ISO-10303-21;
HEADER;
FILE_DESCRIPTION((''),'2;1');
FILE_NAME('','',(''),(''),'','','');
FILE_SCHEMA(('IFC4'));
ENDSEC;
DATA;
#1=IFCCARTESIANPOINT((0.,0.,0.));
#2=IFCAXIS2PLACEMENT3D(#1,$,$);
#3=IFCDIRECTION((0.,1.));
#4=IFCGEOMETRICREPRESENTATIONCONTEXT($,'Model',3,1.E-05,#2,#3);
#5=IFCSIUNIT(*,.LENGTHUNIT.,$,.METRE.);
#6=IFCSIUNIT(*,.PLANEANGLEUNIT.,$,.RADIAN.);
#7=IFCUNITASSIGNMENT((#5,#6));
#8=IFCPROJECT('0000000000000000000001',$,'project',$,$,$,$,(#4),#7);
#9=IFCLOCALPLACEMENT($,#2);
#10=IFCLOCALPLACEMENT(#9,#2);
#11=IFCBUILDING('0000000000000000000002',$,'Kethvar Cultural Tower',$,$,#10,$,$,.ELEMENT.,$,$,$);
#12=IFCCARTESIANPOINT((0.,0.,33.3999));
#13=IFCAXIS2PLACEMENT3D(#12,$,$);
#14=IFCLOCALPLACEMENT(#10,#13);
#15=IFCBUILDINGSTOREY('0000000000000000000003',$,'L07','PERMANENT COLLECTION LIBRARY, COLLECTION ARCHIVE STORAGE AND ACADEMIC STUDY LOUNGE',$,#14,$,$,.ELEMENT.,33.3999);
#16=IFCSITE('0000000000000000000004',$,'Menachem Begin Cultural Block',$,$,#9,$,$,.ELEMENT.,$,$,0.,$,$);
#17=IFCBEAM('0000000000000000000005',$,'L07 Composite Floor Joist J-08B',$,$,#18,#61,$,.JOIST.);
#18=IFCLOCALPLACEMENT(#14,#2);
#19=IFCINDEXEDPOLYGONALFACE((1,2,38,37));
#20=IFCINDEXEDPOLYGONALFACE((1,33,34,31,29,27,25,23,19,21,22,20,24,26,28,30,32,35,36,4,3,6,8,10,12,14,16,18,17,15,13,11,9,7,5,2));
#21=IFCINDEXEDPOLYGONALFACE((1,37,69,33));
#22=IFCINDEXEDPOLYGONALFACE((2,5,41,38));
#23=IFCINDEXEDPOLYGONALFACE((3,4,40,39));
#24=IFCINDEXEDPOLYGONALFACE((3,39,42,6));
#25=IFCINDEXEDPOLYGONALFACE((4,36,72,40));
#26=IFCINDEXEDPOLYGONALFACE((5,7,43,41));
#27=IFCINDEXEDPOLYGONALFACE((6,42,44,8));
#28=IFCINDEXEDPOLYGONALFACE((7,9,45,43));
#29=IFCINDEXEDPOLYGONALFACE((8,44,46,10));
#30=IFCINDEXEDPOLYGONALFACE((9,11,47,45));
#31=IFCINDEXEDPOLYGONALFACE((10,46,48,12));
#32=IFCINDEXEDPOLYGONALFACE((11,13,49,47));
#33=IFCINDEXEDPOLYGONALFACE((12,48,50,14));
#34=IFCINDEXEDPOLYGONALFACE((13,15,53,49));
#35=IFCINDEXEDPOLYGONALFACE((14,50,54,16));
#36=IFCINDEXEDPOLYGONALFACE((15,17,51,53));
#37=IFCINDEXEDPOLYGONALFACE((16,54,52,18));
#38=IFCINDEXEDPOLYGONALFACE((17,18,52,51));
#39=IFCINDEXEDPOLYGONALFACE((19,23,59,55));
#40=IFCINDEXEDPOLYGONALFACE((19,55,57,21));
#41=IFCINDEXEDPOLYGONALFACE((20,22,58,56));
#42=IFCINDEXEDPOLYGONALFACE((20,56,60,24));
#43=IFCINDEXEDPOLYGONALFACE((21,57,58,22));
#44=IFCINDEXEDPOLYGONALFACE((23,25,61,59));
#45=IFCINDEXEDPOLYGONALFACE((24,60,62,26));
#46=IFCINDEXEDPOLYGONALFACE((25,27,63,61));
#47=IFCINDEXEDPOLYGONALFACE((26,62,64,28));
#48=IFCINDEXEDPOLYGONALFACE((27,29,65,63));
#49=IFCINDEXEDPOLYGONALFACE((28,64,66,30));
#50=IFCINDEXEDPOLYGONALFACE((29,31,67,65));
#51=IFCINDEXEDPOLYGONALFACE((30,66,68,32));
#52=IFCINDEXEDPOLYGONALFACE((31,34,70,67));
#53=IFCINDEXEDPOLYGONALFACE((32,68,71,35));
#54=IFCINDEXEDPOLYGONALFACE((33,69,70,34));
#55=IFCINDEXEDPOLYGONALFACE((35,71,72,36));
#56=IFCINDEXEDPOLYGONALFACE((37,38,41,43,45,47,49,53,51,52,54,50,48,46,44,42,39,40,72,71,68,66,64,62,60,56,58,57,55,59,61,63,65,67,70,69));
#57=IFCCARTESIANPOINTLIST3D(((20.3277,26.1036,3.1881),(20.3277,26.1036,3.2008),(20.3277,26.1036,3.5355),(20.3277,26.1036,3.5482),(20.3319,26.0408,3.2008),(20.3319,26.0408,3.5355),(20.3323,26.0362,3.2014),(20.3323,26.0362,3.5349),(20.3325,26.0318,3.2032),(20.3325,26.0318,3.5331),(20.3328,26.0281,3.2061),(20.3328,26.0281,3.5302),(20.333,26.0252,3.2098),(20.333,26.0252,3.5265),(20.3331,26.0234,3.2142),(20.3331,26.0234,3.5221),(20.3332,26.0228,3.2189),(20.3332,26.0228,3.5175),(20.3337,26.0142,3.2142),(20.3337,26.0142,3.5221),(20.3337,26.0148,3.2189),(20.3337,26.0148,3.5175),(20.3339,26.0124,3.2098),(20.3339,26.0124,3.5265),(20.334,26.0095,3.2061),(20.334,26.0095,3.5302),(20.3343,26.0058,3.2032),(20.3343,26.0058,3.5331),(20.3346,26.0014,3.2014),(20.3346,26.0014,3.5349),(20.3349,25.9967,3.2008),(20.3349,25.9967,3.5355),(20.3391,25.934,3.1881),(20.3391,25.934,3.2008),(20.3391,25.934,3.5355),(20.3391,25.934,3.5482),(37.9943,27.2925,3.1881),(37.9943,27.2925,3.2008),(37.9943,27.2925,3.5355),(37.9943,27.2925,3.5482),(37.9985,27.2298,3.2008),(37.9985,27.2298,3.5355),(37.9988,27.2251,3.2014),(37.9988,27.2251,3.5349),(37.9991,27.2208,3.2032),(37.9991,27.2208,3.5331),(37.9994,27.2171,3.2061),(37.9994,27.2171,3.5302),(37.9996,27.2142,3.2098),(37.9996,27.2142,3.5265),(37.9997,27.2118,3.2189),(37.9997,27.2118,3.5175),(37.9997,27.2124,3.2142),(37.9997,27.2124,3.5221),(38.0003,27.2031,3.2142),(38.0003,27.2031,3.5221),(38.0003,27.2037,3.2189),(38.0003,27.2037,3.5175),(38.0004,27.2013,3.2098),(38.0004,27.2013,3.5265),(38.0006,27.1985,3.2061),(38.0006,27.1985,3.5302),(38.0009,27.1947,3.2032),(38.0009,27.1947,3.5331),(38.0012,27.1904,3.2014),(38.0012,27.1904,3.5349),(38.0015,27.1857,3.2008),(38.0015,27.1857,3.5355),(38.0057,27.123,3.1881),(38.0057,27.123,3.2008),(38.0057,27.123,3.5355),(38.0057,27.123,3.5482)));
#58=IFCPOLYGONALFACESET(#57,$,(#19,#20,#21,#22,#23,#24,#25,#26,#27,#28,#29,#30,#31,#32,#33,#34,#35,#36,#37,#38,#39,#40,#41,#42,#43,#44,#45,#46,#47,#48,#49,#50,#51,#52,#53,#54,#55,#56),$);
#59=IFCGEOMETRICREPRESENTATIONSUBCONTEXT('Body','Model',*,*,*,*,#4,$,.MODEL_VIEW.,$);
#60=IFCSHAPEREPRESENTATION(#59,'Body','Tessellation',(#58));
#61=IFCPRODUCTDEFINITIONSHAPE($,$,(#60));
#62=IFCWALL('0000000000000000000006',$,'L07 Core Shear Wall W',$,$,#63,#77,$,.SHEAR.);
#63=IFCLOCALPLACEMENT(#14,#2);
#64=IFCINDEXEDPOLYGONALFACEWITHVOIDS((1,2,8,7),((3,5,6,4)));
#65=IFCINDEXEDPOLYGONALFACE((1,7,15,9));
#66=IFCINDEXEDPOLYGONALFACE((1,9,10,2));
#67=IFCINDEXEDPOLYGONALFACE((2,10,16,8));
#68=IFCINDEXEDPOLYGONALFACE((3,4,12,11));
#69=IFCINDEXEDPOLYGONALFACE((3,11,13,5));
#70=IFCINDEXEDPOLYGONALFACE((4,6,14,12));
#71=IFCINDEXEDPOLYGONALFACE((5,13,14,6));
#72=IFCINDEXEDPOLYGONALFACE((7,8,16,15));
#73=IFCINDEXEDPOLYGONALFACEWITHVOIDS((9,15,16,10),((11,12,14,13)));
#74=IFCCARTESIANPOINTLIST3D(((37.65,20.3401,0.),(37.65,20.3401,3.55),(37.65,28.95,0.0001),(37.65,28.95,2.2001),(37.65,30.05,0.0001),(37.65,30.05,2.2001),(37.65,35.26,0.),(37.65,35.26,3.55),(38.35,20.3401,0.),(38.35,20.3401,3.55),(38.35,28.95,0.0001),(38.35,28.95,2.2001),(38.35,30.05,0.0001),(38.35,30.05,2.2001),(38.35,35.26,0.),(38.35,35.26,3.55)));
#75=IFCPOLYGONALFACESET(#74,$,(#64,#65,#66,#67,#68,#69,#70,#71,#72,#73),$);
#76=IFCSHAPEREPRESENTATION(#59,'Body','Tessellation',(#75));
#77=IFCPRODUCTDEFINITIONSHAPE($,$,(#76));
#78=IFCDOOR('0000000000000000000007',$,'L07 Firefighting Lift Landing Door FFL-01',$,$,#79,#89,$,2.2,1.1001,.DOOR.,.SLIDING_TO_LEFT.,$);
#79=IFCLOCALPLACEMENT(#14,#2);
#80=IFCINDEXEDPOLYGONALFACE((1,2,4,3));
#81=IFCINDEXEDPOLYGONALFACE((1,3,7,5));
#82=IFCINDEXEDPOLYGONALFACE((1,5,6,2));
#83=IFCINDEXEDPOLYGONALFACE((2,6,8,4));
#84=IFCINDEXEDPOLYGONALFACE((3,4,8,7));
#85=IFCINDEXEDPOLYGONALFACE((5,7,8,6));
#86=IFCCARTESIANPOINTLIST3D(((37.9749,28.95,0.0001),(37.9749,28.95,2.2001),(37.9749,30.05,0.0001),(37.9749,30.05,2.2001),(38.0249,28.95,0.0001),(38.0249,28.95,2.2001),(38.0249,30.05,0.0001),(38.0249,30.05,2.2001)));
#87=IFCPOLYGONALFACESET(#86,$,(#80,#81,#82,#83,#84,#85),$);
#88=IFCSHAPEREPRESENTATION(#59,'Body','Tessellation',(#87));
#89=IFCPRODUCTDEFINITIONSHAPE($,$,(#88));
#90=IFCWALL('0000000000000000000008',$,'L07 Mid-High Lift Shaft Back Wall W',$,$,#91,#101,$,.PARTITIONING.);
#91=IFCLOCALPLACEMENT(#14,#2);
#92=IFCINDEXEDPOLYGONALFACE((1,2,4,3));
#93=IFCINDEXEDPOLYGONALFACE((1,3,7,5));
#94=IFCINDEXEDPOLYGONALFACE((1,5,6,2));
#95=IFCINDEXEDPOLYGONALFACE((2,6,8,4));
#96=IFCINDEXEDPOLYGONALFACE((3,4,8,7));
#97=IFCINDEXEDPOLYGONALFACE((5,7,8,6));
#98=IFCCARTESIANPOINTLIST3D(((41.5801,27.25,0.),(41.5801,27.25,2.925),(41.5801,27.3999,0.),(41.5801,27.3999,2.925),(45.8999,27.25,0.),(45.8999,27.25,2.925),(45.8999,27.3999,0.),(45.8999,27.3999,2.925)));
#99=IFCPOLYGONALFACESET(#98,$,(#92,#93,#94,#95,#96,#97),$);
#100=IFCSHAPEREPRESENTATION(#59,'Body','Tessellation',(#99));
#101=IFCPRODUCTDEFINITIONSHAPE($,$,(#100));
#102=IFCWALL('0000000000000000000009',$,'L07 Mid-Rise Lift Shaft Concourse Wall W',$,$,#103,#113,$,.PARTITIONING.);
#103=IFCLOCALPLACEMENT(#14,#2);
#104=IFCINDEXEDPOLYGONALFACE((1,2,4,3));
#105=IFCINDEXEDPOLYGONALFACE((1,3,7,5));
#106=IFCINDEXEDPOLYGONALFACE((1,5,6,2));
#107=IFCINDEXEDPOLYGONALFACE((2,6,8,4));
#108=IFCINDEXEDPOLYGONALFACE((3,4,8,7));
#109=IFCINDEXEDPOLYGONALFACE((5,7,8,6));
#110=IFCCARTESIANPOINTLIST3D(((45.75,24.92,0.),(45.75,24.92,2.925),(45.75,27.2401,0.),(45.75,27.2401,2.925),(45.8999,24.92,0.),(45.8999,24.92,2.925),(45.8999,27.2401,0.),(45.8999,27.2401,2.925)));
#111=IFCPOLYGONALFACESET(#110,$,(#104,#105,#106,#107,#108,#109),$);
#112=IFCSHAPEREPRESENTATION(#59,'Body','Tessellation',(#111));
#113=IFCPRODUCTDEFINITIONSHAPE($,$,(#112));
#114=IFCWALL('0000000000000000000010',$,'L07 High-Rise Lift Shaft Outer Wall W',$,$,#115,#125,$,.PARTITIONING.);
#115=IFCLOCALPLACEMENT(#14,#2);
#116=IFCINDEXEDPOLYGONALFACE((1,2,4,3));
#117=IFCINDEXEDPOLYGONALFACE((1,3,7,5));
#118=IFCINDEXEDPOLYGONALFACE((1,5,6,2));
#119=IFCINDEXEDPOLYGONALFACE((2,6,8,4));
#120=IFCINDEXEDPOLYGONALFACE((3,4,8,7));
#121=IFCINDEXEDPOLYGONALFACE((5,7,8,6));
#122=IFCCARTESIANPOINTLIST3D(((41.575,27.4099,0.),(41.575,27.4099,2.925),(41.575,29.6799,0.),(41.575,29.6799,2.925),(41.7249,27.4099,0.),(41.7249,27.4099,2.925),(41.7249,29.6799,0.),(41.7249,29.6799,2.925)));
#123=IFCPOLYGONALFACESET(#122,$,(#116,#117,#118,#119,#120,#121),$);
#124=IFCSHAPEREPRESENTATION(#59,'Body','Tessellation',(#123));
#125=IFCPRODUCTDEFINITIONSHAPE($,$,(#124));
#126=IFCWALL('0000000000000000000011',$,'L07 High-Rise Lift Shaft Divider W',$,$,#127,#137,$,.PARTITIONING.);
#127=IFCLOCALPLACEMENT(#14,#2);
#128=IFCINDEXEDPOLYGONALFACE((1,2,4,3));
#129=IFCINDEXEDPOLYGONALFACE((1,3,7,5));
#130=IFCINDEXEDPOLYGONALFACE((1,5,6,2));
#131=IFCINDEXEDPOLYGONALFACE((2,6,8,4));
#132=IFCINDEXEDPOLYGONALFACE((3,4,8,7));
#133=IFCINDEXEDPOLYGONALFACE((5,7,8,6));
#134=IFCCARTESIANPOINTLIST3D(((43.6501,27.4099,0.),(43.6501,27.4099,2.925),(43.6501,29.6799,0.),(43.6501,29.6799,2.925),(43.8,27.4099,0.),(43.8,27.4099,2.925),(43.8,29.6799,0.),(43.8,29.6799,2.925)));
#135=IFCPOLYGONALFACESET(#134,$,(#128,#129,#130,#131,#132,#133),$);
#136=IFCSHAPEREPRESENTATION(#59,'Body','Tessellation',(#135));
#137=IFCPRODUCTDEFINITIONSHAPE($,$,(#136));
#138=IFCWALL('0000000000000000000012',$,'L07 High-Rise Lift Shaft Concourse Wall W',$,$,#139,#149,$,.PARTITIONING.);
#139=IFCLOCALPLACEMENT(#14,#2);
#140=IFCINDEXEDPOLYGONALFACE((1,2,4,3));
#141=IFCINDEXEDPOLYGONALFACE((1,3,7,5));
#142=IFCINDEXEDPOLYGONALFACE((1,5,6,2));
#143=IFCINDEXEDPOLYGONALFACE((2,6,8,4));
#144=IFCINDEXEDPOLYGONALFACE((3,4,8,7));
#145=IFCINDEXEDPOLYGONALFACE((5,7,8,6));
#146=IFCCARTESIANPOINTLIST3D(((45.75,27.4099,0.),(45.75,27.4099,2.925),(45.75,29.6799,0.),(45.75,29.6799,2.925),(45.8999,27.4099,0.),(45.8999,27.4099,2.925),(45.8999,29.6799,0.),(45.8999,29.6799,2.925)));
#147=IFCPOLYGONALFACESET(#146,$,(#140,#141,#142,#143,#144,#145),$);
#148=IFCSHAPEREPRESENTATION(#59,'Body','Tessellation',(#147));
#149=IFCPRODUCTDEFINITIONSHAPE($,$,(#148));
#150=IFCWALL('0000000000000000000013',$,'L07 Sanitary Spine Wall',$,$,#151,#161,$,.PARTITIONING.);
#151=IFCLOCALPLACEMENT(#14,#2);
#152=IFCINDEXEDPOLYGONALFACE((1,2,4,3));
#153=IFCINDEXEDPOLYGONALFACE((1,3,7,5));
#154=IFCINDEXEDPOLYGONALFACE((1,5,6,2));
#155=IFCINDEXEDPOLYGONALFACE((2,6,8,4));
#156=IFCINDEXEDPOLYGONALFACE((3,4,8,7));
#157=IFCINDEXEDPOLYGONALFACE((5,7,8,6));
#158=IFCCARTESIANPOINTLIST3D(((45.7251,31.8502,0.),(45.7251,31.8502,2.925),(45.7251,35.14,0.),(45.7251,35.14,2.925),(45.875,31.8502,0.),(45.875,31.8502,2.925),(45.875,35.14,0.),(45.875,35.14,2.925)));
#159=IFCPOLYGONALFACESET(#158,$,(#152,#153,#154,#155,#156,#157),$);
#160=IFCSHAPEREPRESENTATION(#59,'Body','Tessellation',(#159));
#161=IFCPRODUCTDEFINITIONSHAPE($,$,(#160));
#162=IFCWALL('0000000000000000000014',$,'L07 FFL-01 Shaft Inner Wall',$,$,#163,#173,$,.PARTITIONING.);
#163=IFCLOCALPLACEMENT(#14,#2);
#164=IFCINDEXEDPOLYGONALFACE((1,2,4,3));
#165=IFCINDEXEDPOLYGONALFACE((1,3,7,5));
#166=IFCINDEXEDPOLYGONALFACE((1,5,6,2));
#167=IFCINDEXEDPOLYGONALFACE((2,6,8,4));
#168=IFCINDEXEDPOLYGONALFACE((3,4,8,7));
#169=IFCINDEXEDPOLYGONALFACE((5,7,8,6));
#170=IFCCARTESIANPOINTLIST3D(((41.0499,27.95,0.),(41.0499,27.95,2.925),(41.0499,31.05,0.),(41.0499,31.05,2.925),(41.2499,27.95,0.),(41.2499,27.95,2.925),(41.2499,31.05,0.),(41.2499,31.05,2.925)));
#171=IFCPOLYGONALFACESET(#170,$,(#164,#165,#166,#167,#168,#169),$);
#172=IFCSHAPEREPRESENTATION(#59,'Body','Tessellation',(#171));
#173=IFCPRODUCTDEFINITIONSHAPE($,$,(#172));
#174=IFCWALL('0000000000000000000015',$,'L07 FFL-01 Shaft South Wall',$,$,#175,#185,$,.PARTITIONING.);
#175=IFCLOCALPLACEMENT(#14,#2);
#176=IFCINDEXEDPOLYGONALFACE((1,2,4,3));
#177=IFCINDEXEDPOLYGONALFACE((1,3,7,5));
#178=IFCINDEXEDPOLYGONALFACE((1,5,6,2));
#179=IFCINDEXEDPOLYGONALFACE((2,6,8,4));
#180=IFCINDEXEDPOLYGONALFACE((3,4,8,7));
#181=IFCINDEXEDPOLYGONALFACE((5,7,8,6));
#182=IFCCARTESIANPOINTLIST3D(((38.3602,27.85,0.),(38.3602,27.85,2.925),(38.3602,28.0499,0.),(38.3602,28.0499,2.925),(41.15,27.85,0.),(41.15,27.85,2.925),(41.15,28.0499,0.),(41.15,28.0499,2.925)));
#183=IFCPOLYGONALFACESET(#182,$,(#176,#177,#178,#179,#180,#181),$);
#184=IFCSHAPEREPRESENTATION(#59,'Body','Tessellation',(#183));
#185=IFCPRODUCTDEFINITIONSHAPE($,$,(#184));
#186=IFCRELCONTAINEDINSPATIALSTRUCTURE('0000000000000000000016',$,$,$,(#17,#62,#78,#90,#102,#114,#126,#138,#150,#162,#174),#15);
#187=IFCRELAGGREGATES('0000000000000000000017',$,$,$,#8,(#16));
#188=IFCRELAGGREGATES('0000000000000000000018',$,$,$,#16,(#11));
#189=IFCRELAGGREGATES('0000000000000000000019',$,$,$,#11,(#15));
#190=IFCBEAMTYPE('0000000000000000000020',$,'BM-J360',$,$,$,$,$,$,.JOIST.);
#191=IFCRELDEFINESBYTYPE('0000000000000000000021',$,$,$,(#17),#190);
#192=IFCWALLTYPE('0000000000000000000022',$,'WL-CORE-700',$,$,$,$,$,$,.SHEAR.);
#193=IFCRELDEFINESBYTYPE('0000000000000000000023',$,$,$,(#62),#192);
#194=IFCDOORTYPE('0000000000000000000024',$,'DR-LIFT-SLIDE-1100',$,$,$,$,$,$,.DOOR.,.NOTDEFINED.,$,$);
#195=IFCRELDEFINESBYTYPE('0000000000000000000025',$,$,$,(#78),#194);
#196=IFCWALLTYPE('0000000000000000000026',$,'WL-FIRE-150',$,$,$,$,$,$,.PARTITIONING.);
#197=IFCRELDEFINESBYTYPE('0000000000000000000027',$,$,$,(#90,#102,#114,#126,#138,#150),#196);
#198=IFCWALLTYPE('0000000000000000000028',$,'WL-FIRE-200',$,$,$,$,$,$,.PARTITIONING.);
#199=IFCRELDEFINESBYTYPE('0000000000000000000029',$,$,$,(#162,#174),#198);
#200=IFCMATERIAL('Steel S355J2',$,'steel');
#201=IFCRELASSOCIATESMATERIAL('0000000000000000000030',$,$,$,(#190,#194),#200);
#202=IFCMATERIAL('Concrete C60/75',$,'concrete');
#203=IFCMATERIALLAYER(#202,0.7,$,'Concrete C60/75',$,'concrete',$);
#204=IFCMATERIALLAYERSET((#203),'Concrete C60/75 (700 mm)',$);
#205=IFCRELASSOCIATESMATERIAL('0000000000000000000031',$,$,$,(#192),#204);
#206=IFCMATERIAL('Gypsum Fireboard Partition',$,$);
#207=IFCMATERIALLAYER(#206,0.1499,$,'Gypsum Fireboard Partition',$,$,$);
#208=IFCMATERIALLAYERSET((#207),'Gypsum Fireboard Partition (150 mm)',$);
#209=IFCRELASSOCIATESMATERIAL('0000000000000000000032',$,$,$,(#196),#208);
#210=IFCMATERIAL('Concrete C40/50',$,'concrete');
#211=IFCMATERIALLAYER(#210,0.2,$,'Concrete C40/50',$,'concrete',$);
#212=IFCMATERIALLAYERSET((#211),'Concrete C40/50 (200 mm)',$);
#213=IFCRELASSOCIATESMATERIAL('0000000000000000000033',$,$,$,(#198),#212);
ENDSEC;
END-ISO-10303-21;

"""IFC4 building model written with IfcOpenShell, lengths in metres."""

from ifc_helpers import new_model, si_unit, direction, frame, frame_2d, origin, origin_2d, place, context, subcontext, project, spatial, rectangle, i_section, extrude, source, transform, mapped, material, layer, layer_set, material_profile, profile_set, type_object, element, fill, save


model = new_model("IFC4")

# Units and contexts
model_context = context("Model", 3, precision=1e-05, world=origin(), true_north=direction((0.0, 1.0)))
body_context = subcontext(model_context, "Body", "Model", "MODEL_VIEW")
ifc_project = project(units=[si_unit("LENGTHUNIT", "METRE"), si_unit("PLANEANGLEUNIT", "RADIAN")], contexts=[model_context])

# Site, building, storey
site_placement = place(None, origin())
site = spatial("IfcSite", under=ifc_project, at=site_placement, Name="Menachem Begin Cultural Block", CompositionType="ELEMENT", RefElevation=0.0)
building_placement = place(site_placement, origin())
building = spatial("IfcBuilding", under=site, at=building_placement, Name="Kethvar Cultural Tower", CompositionType="ELEMENT")
storey_placement = place(building_placement, frame((0.0, 0.0, 33.3999)))
storey = spatial("IfcBuildingStorey", under=building, at=storey_placement, Name="L07", Description="PERMANENT COLLECTION LIBRARY, COLLECTION ARCHIVE STORAGE AND ACADEMIC STUDY LOUNGE", CompositionType="ELEMENT", Elevation=33.3999)

# Beam
ifc_material_1 = material(Name="Steel S355J2", Category="steel")
ifc_material_profile_1 = material_profile(ifc_material_1, i_section(OverallWidth=0.1699, OverallDepth=0.3601, WebThickness=0.0081, FlangeThickness=0.0127, FilletRadius=0.0181, at=origin_2d()), Name="Steel S355J2 — IPE360")
ifc_profile_set_1 = profile_set([ifc_material_profile_1], Name="Steel S355J2 — IPE360")
beam_type_1 = type_object("IfcBeamType", Name="BM-J360", PredefinedType="JOIST", material=ifc_profile_set_1)
shared_shape_1 = source(origin(), body_context, "Body", "SweptSolid", [
    extrude(i_section(OverallWidth=0.1699, OverallDepth=0.3601, WebThickness=0.0081, FlangeThickness=0.0127, FilletRadius=0.0181, at=origin_2d()), origin(), (0.0, 0.0, 1.0), 17.7065),
])
beam_1_placement = place(storey_placement, frame((38.0, 27.2078, 3.3682), z_axis=(-0.997743, -0.067149, 0.0), x_axis=(0.067149, -0.997743, 0.0)))
element("IfcBeam", 1, at=beam_1_placement, inside=storey, type_object=beam_type_1, Name="L07 Composite Floor Joist J-08B", PredefinedType="JOIST", context=body_context, shape_type="MappedRepresentation", body=[
    mapped(shared_shape_1, transform((0.0, 0.0, 0.0), scale=1.0)),
])

# Wall, opening, door
ifc_material_2 = material(Name="Concrete C60/75", Category="concrete")
ifc_layer_1 = layer(ifc_material_2, 0.7, Name="Concrete C60/75", Category="concrete")
ifc_layer_set_1 = layer_set([ifc_layer_1], Name="Concrete C60/75 (700 mm)")
wall_type_1 = type_object("IfcWallType", Name="WL-CORE-700", PredefinedType="SHEAR", material=ifc_layer_set_1)
wall_1_placement = place(storey_placement, frame((38.0, 35.26, 0.0), z_axis=(0.0, 0.0, 1.0), x_axis=(0.0, -1.0, 0.0)))
wall_1 = element("IfcWall", 2, at=wall_1_placement, inside=storey, type_object=wall_type_1, Name="L07 Core Shear Wall W", PredefinedType="SHEAR", context=body_context, shape_type="SweptSolid", body=[
    extrude(rectangle(XDim=14.9199, YDim=0.7, at=frame_2d((7.46, 0.0))), origin(), (0.0, 0.0, 1.0), 3.55),
])
opening_placement = place(wall_1_placement, frame((5.21, 0.0, 0.0)))
opening = element("IfcOpeningElement", 3, at=opening_placement, cuts=wall_1, PredefinedType="OPENING", context=body_context, shape_type="SweptSolid", body=[
    extrude(rectangle(XDim=1.1001, YDim=2.2, at=frame_2d((0.55, 1.1001))), frame((0.0, 0.3599, 0.0), z_axis=(0.0, -1.0, 0.0), x_axis=(1.0, 0.0, 0.0)), (0.0, 0.0, 1.0), 0.72),
])
door_type = type_object("IfcDoorType", Name="DR-LIFT-SLIDE-1100", OperationType="NOTDEFINED", PredefinedType="DOOR", material=ifc_material_1)
shared_shape_2 = source(origin(), body_context, "Body", "SweptSolid", [
    extrude(rectangle(XDim=1.1001, YDim=2.2, at=frame_2d((0.55, 1.1001))), frame((0.0, 0.0249, 0.0), z_axis=(0.0, -1.0, 0.0), x_axis=(1.0, 0.0, 0.0)), (0.0, 0.0, 1.0), 0.05),
])
door_placement = place(opening_placement, origin())
door = element("IfcDoor", 4, at=door_placement, inside=storey, type_object=door_type, Name="L07 Firefighting Lift Landing Door FFL-01", OperationType="SLIDING_TO_LEFT", OverallHeight=2.2, OverallWidth=1.1001, PredefinedType="DOOR", context=body_context, shape_type="MappedRepresentation", body=[
    mapped(shared_shape_2, transform((0.0, 0.0, 0.0), scale=1.0)),
])
fill(opening, door)

# Walls
ifc_material_3 = material(Name="Gypsum Fireboard Partition")
ifc_layer_2 = layer(ifc_material_3, 0.1499, Name="Gypsum Fireboard Partition")
ifc_layer_set_2 = layer_set([ifc_layer_2], Name="Gypsum Fireboard Partition (150 mm)")
wall_type_2 = type_object("IfcWallType", Name="WL-FIRE-150", PredefinedType="PARTITIONING", material=ifc_layer_set_2)
wall_2_placement = place(storey_placement, frame((41.5801, 27.325, 0.0), z_axis=(0.0, 0.0, 1.0), x_axis=(1.0, 0.0, 0.0)))
element("IfcWall", 5, at=wall_2_placement, inside=storey, type_object=wall_type_2, Name="L07 Mid-High Lift Shaft Back Wall W", PredefinedType="PARTITIONING", context=body_context, shape_type="SweptSolid", body=[
    extrude(rectangle(XDim=4.3198, YDim=0.1499, at=frame_2d((2.1599, 0.0))), origin(), (0.0, 0.0, 1.0), 2.925),
])
wall_3_placement = place(storey_placement, frame((45.825, 24.9199, 0.0), z_axis=(0.0, 0.0, 1.0), x_axis=(0.0, 1.0, 0.0)))
element("IfcWall", 6, at=wall_3_placement, inside=storey, type_object=wall_type_2, Name="L07 Mid-Rise Lift Shaft Concourse Wall W", PredefinedType="PARTITIONING", context=body_context, shape_type="SweptSolid", body=[
    extrude(rectangle(XDim=2.3201, YDim=0.1499, at=frame_2d((1.1602, 0.0))), origin(), (0.0, 0.0, 1.0), 2.925),
])
for number, where, z_axis, x_axis, name in (
    (7, (41.6499, 27.4099, 0.0), (0.0, 0.0, 1.0), (0.0, 1.0, 0.0), "L07 High-Rise Lift Shaft Outer Wall W"),
    (8, (43.7251, 27.4099, 0.0), (0.0, 0.0, 1.0), (0.0, 1.0, 0.0), "L07 High-Rise Lift Shaft Divider W"),
    (9, (45.825, 27.4099, 0.0), (0.0, 0.0, 1.0), (0.0, 1.0, 0.0), "L07 High-Rise Lift Shaft Concourse Wall W"),
):
    element("IfcWall", number, at=place(storey_placement, frame(where, z_axis=z_axis, x_axis=x_axis)), inside=storey, type_object=wall_type_2, Name=name, PredefinedType="PARTITIONING", context=body_context, shape_type="SweptSolid", body=[
        extrude(rectangle(XDim=2.27, YDim=0.1499, at=frame_2d((1.135, 0.0))), origin(), (0.0, 0.0, 1.0), 2.925),
    ])
wall_4_placement = place(storey_placement, frame((45.8, 31.8501, 0.0), z_axis=(0.0, 0.0, 1.0), x_axis=(0.0, 1.0, 0.0)))
element("IfcWall", 10, at=wall_4_placement, inside=storey, type_object=wall_type_2, Name="L07 Sanitary Spine Wall", PredefinedType="PARTITIONING", context=body_context, shape_type="SweptSolid", body=[
    extrude(rectangle(XDim=3.2898, YDim=0.1499, at=frame_2d((1.645, 0.0))), origin(), (0.0, 0.0, 1.0), 2.925),
])
ifc_material_4 = material(Name="Concrete C40/50", Category="concrete")
ifc_layer_3 = layer(ifc_material_4, 0.2, Name="Concrete C40/50", Category="concrete")
ifc_layer_set_3 = layer_set([ifc_layer_3], Name="Concrete C40/50 (200 mm)")
wall_type_3 = type_object("IfcWallType", Name="WL-FIRE-200", PredefinedType="PARTITIONING", material=ifc_layer_set_3)
wall_5_placement = place(storey_placement, frame((41.1499, 27.95, 0.0), z_axis=(0.0, 0.0, 1.0), x_axis=(0.0, 1.0, 0.0)))
element("IfcWall", 11, at=wall_5_placement, inside=storey, type_object=wall_type_3, Name="L07 FFL-01 Shaft Inner Wall", PredefinedType="PARTITIONING", context=body_context, shape_type="SweptSolid", body=[
    extrude(rectangle(XDim=3.1001, YDim=0.2, at=frame_2d((1.55, 0.0))), origin(), (0.0, 0.0, 1.0), 2.925),
])
for number, where, z_axis, x_axis, name in (
    (12, (38.3601, 27.95, 0.0), (0.0, 0.0, 1.0), (1.0, 0.0, 0.0), "L07 FFL-01 Shaft South Wall"),
):
    element("IfcWall", number, at=place(storey_placement, frame(where, z_axis=z_axis, x_axis=x_axis)), inside=storey, type_object=wall_type_3, Name=name, PredefinedType="PARTITIONING", context=body_context, shape_type="SweptSolid", body=[
        extrude(rectangle(XDim=2.7898, YDim=0.2, at=frame_2d((1.395, 0.0))), origin(), (0.0, 0.0, 1.0), 2.925),
    ])

save(model, "model.ifc")
